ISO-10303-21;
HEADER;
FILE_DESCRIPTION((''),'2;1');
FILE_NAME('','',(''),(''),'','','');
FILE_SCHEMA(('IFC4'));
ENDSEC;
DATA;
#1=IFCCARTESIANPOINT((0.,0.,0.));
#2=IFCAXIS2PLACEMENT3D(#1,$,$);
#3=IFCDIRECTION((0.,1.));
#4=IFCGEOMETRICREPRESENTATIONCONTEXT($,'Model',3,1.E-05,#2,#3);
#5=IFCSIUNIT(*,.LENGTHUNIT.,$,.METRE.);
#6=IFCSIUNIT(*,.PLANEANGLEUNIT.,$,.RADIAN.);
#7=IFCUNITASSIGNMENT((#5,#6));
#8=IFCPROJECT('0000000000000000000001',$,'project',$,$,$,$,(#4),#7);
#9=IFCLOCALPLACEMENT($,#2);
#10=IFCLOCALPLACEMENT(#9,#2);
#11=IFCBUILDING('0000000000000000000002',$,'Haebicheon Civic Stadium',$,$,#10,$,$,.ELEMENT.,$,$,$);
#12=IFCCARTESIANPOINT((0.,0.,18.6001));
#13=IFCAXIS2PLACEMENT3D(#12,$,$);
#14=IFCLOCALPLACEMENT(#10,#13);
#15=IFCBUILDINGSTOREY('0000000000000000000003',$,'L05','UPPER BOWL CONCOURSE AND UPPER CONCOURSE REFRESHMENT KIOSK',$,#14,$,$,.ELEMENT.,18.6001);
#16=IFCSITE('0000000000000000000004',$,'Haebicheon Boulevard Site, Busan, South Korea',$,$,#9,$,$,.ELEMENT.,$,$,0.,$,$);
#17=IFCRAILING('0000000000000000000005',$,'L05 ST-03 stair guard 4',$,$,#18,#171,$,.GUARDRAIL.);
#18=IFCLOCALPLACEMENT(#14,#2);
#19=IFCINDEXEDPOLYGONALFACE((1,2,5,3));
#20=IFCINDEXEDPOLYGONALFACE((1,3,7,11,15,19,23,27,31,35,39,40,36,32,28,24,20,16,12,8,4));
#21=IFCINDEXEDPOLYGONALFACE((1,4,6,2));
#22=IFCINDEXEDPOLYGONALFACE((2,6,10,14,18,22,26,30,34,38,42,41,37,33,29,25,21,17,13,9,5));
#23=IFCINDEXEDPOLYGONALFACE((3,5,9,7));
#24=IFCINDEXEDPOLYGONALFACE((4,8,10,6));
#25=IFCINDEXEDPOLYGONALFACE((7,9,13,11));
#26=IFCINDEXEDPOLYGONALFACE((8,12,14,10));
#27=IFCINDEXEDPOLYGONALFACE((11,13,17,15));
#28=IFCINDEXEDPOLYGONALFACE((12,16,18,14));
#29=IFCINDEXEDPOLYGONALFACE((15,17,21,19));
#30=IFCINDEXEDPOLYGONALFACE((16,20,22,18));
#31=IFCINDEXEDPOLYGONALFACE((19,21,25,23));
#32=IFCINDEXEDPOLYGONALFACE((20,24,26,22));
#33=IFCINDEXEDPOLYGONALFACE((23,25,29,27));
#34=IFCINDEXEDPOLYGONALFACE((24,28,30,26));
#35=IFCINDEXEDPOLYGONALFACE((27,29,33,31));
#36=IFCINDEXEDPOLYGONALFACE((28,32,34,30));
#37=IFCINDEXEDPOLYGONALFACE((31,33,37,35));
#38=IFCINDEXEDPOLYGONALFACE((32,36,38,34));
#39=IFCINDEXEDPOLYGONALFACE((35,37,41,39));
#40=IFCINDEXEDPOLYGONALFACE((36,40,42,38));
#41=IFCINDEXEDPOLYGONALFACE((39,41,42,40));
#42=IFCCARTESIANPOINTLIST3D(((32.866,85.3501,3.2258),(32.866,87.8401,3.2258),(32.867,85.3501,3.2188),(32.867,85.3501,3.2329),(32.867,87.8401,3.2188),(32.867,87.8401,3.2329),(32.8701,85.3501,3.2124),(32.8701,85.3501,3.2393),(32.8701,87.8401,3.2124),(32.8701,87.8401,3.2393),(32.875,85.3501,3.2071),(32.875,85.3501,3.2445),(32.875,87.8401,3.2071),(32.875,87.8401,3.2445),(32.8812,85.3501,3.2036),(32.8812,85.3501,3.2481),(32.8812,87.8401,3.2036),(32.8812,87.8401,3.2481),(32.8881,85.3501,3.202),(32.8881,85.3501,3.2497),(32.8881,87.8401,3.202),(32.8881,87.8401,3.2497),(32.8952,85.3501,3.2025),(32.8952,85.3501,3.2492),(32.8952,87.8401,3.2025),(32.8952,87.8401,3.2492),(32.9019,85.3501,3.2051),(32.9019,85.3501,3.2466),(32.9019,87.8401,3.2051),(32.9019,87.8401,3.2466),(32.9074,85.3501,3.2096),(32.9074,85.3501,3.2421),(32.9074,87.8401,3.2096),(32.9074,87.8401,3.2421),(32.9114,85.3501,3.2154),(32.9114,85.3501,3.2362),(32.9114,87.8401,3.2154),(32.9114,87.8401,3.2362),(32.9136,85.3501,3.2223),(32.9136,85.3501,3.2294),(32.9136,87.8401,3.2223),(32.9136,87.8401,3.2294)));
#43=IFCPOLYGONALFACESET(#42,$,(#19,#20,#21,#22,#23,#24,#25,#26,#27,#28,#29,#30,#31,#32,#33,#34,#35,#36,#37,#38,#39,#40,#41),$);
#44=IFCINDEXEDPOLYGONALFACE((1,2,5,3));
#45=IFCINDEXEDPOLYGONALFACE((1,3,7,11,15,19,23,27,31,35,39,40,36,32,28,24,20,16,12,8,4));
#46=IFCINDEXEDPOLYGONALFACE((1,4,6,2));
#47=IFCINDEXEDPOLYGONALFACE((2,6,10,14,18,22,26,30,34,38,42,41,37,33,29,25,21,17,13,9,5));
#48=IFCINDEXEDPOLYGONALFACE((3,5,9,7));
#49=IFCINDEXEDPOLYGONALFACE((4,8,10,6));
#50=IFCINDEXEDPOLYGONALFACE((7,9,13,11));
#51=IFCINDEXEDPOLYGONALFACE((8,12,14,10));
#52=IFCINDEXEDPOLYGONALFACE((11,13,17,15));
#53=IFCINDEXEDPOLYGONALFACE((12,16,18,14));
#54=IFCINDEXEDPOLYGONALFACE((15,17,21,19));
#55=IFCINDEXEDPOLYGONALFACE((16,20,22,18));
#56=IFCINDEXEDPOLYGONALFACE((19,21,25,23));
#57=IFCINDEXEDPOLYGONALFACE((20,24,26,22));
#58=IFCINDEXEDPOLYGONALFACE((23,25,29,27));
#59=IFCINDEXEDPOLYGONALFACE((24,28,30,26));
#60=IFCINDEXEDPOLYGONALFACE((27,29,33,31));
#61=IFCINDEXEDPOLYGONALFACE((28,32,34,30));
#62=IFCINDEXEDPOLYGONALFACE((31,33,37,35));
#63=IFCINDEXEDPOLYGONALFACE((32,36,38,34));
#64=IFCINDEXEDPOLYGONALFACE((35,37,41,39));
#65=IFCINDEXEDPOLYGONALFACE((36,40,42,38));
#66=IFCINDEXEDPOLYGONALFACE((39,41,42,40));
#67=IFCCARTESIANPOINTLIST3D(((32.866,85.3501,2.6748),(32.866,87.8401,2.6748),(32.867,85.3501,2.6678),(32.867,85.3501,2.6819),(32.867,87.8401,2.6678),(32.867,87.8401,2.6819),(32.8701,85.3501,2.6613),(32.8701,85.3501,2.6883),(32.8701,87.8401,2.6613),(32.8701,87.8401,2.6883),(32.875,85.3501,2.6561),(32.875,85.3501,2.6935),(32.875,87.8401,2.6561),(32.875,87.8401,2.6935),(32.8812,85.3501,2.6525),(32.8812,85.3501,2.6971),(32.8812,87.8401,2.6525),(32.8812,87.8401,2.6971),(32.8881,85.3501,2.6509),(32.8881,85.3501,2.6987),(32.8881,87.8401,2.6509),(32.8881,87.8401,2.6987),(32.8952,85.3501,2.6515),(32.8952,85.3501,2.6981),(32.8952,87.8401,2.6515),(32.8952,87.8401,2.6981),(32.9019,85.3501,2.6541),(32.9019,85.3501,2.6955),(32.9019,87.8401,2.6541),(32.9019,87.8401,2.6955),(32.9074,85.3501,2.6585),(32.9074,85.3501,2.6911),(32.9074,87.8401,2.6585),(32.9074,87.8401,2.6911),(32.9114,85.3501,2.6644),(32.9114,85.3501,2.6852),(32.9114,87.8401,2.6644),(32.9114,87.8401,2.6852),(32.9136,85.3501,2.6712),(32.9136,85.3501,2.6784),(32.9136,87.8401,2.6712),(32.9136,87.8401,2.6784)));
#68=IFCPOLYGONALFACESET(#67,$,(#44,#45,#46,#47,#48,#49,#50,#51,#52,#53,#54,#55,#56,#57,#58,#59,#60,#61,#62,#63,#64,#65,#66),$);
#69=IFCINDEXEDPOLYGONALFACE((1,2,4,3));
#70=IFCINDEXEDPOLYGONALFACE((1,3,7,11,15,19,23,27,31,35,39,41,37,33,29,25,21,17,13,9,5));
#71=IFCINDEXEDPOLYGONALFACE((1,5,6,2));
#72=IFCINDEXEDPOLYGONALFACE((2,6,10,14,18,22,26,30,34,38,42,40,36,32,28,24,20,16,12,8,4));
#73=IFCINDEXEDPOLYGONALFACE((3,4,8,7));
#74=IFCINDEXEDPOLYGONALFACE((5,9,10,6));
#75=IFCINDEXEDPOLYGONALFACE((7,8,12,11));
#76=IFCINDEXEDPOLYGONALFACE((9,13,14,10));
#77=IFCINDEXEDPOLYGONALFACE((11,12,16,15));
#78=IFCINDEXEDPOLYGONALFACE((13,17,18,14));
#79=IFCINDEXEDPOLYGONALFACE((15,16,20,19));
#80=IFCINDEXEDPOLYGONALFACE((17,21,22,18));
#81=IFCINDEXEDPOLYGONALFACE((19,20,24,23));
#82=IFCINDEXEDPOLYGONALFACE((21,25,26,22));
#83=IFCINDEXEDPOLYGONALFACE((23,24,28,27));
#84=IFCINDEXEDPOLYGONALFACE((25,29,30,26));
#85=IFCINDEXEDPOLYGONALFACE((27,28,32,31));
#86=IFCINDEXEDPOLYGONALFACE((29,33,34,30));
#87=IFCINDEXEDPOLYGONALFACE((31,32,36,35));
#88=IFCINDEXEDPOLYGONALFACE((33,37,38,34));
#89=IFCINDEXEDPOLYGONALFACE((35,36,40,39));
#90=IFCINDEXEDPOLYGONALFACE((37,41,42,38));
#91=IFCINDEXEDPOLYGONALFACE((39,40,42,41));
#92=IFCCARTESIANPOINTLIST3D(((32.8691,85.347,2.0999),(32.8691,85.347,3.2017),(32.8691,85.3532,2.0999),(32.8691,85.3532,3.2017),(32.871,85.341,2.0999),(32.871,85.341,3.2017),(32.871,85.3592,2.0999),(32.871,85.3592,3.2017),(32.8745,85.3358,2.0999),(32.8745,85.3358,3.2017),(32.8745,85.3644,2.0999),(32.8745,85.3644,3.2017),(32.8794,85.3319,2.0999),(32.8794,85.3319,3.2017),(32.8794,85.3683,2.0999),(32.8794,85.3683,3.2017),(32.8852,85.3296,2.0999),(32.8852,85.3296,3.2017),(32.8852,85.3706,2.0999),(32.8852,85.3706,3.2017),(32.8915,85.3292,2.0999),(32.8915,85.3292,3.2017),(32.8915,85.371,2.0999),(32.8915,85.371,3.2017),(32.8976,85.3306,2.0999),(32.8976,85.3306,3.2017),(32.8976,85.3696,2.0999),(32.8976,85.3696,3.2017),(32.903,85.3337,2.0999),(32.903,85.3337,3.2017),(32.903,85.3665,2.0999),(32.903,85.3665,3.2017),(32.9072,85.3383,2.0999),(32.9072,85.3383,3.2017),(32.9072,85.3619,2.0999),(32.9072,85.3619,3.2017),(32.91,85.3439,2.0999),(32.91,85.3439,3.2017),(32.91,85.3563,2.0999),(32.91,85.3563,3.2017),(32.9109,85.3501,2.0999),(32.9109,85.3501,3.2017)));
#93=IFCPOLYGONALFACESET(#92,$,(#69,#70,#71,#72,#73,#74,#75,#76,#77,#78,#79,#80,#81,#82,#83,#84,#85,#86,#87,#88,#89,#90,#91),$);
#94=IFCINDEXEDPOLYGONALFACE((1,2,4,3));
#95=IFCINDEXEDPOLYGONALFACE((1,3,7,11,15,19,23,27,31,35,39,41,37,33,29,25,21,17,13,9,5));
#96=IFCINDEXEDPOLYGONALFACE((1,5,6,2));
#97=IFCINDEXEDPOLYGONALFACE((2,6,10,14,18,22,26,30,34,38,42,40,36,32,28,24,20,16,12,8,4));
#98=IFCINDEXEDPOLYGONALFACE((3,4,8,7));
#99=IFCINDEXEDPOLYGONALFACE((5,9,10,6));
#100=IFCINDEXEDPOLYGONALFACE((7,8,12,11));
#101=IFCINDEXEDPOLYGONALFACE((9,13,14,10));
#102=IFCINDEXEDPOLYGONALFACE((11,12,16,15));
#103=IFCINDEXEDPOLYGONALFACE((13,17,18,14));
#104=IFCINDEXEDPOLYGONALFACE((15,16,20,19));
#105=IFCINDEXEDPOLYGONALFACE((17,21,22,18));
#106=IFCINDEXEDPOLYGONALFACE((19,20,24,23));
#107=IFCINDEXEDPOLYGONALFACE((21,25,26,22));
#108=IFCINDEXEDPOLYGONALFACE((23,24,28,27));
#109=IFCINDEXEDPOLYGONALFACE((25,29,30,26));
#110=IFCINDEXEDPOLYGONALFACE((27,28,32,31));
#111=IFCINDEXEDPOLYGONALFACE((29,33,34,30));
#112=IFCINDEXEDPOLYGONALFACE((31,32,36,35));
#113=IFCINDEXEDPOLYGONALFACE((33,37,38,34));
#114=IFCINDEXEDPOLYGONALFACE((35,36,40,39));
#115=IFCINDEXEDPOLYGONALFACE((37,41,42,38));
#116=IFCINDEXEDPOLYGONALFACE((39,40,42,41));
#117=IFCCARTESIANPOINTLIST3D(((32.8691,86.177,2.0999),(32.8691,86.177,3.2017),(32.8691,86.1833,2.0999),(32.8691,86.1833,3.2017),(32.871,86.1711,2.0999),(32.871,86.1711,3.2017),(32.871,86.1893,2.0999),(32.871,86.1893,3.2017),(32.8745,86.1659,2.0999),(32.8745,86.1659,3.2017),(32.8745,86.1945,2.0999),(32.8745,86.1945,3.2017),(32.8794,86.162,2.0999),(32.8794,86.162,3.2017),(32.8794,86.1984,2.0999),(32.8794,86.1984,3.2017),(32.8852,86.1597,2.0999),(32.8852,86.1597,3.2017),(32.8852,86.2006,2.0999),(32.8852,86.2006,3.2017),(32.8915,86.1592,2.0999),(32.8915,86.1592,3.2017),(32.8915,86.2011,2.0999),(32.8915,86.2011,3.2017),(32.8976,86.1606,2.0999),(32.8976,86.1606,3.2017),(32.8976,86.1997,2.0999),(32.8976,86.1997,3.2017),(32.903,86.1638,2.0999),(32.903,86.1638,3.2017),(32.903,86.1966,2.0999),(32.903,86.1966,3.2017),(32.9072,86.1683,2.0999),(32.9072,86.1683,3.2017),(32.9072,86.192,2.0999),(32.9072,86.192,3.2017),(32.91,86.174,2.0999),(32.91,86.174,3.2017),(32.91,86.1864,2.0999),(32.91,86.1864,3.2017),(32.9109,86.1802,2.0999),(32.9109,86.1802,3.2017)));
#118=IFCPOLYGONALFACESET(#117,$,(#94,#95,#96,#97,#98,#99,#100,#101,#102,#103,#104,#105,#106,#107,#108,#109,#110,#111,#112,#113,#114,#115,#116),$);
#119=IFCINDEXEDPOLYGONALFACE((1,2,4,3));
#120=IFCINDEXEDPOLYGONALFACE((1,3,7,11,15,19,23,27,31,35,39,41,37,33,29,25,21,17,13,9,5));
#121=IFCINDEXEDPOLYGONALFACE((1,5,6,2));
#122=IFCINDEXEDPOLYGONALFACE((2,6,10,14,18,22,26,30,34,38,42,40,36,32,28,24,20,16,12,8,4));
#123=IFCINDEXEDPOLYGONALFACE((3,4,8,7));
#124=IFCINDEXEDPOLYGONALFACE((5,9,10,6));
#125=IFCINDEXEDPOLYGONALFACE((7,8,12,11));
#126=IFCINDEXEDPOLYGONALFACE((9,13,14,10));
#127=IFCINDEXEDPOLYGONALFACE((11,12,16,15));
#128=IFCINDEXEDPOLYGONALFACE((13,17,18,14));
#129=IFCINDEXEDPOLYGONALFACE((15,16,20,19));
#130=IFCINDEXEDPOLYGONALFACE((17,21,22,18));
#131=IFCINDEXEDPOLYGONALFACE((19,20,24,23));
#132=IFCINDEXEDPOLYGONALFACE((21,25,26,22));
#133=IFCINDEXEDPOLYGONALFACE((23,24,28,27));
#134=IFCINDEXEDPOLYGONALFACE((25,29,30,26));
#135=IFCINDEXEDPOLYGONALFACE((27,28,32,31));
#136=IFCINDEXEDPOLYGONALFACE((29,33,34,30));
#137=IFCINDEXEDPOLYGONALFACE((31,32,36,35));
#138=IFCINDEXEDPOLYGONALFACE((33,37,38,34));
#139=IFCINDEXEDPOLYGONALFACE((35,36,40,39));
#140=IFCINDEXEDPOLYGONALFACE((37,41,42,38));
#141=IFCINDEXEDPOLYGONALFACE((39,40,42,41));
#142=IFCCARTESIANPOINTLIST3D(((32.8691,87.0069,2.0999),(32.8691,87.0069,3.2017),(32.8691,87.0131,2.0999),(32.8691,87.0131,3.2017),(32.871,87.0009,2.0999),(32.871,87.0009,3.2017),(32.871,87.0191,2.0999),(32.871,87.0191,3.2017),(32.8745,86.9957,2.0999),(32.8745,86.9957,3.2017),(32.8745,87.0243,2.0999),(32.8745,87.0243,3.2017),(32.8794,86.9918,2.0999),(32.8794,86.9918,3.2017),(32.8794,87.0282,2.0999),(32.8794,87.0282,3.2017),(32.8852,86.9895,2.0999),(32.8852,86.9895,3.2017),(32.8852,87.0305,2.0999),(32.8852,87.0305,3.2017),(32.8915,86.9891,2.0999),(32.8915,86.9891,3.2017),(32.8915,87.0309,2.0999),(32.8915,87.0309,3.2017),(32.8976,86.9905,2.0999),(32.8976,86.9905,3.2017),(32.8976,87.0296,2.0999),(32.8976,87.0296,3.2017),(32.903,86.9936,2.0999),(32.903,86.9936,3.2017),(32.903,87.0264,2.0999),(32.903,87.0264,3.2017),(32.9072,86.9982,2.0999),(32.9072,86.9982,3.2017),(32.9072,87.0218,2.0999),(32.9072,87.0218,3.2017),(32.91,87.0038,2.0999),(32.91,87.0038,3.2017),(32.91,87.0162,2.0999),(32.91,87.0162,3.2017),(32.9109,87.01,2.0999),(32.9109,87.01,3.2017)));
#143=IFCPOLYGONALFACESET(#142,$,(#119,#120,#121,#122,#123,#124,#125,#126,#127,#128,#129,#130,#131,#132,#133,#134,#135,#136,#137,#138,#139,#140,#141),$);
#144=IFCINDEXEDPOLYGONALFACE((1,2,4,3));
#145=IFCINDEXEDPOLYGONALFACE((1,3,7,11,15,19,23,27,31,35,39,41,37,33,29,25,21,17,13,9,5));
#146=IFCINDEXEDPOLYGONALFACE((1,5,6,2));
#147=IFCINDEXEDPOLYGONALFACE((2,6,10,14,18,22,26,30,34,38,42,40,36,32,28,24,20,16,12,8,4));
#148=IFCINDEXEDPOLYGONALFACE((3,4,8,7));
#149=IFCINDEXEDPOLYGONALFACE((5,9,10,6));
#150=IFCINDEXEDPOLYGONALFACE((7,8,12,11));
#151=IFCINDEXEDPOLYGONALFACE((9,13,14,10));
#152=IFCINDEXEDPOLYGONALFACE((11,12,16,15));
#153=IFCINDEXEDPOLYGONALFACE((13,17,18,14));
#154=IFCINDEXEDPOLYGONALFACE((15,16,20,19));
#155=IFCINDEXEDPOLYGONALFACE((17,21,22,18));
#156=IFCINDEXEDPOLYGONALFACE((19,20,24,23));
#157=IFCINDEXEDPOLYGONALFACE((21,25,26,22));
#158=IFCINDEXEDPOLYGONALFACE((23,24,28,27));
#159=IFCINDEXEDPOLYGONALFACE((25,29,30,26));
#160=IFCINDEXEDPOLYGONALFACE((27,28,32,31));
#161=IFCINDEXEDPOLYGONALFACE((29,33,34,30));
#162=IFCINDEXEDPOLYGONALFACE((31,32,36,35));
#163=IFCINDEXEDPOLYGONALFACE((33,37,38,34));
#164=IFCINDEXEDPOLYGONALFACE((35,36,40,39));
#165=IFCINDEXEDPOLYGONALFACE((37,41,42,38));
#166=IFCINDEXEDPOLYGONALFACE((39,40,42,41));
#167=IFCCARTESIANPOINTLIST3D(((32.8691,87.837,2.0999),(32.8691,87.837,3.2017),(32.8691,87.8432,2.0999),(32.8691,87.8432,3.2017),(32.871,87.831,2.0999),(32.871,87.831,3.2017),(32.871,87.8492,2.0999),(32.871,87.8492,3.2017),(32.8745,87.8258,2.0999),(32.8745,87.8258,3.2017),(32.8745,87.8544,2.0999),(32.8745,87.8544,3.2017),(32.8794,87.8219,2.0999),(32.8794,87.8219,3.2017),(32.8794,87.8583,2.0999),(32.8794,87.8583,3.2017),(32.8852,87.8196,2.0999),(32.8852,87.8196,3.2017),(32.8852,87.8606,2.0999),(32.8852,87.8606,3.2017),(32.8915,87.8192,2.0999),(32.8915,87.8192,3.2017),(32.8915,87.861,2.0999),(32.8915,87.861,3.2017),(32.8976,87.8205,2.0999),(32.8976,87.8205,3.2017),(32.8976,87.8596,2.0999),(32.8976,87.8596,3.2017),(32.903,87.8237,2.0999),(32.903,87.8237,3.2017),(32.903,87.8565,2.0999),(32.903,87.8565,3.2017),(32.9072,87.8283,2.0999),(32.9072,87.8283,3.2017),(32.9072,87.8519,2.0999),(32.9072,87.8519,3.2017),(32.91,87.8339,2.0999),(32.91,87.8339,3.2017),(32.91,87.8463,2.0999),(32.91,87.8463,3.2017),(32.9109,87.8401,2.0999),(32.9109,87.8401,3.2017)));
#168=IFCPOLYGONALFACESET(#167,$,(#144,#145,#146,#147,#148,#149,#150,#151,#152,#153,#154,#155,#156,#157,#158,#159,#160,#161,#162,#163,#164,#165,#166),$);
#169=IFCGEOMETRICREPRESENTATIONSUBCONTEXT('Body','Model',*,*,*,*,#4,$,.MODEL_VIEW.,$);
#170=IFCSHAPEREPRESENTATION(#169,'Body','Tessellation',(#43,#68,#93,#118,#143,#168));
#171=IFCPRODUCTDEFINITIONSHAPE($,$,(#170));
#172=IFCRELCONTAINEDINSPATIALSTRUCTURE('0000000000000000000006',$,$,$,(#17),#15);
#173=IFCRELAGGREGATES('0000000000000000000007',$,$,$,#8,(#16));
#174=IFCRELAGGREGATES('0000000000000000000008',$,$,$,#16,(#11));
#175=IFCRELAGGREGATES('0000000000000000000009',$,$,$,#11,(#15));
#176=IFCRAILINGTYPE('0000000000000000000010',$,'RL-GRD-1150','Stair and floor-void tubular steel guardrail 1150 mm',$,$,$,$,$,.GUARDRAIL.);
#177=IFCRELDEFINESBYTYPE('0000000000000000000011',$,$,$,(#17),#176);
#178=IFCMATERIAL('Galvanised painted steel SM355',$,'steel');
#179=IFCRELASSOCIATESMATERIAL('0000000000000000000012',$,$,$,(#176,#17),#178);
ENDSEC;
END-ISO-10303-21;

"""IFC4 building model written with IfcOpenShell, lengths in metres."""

from ifc_helpers import new_model, si_unit, direction, frame, origin, origin_2d, place, context, subcontext, project, spatial, circle, extrude, material, type_object, element, save


model = new_model("IFC4")

# Units and contexts
model_context = context("Model", 3, precision=1e-05, world=origin(), true_north=direction((0.0, 1.0)))
body_context = subcontext(model_context, "Body", "Model", "MODEL_VIEW")
ifc_project = project(units=[si_unit("LENGTHUNIT", "METRE"), si_unit("PLANEANGLEUNIT", "RADIAN")], contexts=[model_context])

# Site, building, storey
site_placement = place(None, origin())
site = spatial("IfcSite", under=ifc_project, at=site_placement, Name="Haebicheon Boulevard Site, Busan, South Korea", CompositionType="ELEMENT", RefElevation=0.0)
building_placement = place(site_placement, origin())
building = spatial("IfcBuilding", under=site, at=building_placement, Name="Haebicheon Civic Stadium", CompositionType="ELEMENT")
storey_placement = place(building_placement, frame((0.0, 0.0, 18.6001)))
storey = spatial("IfcBuildingStorey", under=building, at=storey_placement, Name="L05", Description="UPPER BOWL CONCOURSE AND UPPER CONCOURSE REFRESHMENT KIOSK", CompositionType="ELEMENT", Elevation=18.6001)

# Railing
ifc_material_1 = material(Name="Galvanised painted steel SM355", Category="steel")
railing_type_1 = type_object("IfcRailingType", Name="RL-GRD-1150", Description="Stair and floor-void tubular steel guardrail 1150 mm", PredefinedType="GUARDRAIL", material=ifc_material_1)
for number, where, name in (
    (1, (32.8899, 85.3501, 2.0999), "L05 ST-03 stair guard 4"),
):
    element("IfcRailing", number, at=place(storey_placement, frame(where)), inside=storey, type_object=railing_type_1, material=ifc_material_1, Name=name, PredefinedType="GUARDRAIL", context=body_context, shape_type="SweptSolid", body=[
        extrude(circle(Radius=0.0239, at=origin_2d()), frame((0.0, 0.0, 1.126), z_axis=(0.0, 1.0, 0.0), x_axis=(-1.0, 0.0, 0.0)), (0.0, 0.0, 1.0), 2.49),
        extrude(circle(Radius=0.0239, at=origin_2d()), frame((0.0, 0.0, 0.575), z_axis=(0.0, 1.0, 0.0), x_axis=(-1.0, 0.0, 0.0)), (0.0, 0.0, 1.0), 2.49),
        extrude(circle(Radius=0.021, at=origin_2d()), origin(), (0.0, 0.0, 1.0), 1.1018),
        extrude(circle(Radius=0.021, at=origin_2d()), frame((0.0, 0.8301, 0.0)), (0.0, 0.0, 1.0), 1.1018),
        extrude(circle(Radius=0.021, at=origin_2d()), frame((0.0, 1.6599, 0.0)), (0.0, 0.0, 1.0), 1.1018),
        extrude(circle(Radius=0.021, at=origin_2d()), frame((0.0, 2.49, 0.0)), (0.0, 0.0, 1.0), 1.1018),
    ])

save(model, "model.ifc")
